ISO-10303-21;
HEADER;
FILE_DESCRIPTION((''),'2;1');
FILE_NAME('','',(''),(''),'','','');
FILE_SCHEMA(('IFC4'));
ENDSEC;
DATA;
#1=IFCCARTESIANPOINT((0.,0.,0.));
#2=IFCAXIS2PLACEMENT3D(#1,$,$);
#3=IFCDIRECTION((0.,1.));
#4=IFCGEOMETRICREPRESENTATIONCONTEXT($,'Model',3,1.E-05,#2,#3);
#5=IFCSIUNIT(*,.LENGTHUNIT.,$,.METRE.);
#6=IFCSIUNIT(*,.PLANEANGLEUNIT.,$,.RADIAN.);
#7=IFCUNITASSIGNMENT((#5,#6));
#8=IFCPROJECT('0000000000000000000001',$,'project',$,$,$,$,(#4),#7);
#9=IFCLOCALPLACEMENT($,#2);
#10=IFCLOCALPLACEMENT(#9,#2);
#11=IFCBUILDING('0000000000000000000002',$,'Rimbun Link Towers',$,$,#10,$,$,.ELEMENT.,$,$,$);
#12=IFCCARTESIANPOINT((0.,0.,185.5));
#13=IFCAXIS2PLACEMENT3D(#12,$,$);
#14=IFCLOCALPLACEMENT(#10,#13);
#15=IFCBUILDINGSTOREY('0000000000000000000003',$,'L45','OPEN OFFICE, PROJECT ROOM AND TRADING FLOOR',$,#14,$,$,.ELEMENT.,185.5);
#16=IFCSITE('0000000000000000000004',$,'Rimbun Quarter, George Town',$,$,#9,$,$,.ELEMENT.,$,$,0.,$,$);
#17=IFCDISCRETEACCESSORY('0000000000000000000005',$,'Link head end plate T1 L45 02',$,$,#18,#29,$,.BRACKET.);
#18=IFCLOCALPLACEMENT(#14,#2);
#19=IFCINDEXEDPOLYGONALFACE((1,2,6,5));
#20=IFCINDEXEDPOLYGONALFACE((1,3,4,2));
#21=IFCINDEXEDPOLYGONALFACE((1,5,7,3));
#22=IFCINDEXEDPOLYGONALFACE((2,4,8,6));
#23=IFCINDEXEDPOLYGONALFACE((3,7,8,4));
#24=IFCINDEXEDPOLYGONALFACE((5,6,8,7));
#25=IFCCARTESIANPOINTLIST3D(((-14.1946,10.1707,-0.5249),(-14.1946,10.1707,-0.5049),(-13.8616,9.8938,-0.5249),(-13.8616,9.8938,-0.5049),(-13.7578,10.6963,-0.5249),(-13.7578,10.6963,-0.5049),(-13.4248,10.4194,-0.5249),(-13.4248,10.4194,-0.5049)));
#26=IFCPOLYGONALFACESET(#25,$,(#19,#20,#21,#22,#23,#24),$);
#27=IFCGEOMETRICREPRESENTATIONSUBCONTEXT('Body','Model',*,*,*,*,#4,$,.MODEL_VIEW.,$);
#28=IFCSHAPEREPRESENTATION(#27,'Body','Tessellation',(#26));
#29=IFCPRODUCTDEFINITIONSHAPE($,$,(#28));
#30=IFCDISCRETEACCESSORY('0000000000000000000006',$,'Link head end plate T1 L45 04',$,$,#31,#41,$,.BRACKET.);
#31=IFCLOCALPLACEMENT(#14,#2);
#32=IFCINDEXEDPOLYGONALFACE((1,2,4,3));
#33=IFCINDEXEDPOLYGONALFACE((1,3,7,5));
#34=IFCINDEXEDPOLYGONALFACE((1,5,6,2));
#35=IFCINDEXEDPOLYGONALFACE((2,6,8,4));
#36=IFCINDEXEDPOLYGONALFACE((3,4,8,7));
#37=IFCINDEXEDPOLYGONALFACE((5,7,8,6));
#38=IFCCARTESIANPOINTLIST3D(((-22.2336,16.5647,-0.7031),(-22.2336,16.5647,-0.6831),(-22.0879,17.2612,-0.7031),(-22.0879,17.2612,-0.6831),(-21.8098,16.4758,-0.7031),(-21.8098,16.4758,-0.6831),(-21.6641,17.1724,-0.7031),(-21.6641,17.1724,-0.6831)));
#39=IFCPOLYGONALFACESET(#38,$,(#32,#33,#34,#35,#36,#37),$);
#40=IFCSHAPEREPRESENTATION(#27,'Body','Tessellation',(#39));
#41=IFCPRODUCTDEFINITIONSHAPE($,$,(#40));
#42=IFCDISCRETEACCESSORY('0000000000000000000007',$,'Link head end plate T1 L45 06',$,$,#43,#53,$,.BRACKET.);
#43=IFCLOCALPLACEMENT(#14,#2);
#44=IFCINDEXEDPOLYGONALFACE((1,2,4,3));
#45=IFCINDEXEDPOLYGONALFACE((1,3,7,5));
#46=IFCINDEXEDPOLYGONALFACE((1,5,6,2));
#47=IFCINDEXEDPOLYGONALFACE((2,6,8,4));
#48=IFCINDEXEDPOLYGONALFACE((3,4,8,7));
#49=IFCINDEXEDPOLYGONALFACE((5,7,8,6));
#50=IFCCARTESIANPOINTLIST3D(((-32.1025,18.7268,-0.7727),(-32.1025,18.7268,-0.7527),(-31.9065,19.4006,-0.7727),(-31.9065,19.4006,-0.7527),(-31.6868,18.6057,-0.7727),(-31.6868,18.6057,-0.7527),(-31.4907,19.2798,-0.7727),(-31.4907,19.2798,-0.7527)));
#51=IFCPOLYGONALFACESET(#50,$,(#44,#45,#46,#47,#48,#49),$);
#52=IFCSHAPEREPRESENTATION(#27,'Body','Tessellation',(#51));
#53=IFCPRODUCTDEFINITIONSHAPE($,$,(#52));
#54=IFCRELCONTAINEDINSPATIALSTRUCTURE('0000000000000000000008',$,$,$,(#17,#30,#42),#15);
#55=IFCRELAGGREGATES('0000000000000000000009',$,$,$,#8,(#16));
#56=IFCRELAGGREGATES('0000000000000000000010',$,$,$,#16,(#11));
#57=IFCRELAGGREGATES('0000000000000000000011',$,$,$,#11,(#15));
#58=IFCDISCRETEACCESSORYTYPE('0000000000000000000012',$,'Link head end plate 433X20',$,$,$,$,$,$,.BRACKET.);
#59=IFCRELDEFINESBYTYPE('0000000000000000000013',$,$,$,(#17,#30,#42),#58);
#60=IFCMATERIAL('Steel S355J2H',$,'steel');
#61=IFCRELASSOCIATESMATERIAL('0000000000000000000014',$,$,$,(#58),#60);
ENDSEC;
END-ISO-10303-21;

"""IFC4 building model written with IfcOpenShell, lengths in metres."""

from ifc_helpers import new_model, si_unit, direction, frame, origin, origin_2d, place, context, subcontext, project, spatial, polyline, rectangle, outline, extrude, material, material_profile, profile_set, type_object, element, save


model = new_model("IFC4")

# Units and contexts
model_context = context("Model", 3, precision=1e-05, world=origin(), true_north=direction((0.0, 1.0)))
body_context = subcontext(model_context, "Body", "Model", "MODEL_VIEW")
ifc_project = project(units=[si_unit("LENGTHUNIT", "METRE"), si_unit("PLANEANGLEUNIT", "RADIAN")], contexts=[model_context])

# Site, building, storey
site_placement = place(None, origin())
site = spatial("IfcSite", under=ifc_project, at=site_placement, Name="Rimbun Quarter, George Town", CompositionType="ELEMENT", RefElevation=0.0)
building_placement = place(site_placement, origin())
building = spatial("IfcBuilding", under=site, at=building_placement, Name="Rimbun Link Towers", CompositionType="ELEMENT")
storey_placement = place(building_placement, frame((0.0, 0.0, 185.5)))
storey = spatial("IfcBuildingStorey", under=building, at=storey_placement, Name="L45", Description="OPEN OFFICE, PROJECT ROOM AND TRADING FLOOR", CompositionType="ELEMENT", Elevation=185.5)

# Discrete accessories
ifc_material_1 = material(Name="Steel S355J2H", Category="steel")
ifc_material_profile_1 = material_profile(ifc_material_1, rectangle(XDim=0.4331, YDim=0.4331, at=origin_2d()), Name="PL 433x433")
ifc_profile_set_1 = profile_set([ifc_material_profile_1], Name="Steel S355J2H")
discrete_accessory_type_1 = type_object("IfcDiscreteAccessoryType", Name="Link head end plate 433X20", PredefinedType="BRACKET", material=ifc_profile_set_1)
discrete_accessory_1_placement = place(storey_placement, frame((0.0, 0.0, -0.5249)))
element("IfcDiscreteAccessory", 1, at=discrete_accessory_1_placement, inside=storey, type_object=discrete_accessory_type_1, Name="Link head end plate T1 L45 02", PredefinedType="BRACKET", context=body_context, shape_type="SweptSolid", body=[
    extrude(outline(polyline([(-13.8616, 9.8938), (-13.4248, 10.4194), (-13.7578, 10.6963), (-14.1946, 10.1707), (-13.8616, 9.8938)])), origin(), (0.0, 0.0, 1.0), 0.02),
])
discrete_accessory_2_placement = place(storey_placement, frame((0.0, 0.0, -0.7031)))
element("IfcDiscreteAccessory", 2, at=discrete_accessory_2_placement, inside=storey, type_object=discrete_accessory_type_1, Name="Link head end plate T1 L45 04", PredefinedType="BRACKET", context=body_context, shape_type="SweptSolid", body=[
    extrude(outline(polyline([(-21.8098, 16.4758), (-21.6641, 17.1724), (-22.0879, 17.2612), (-22.2336, 16.5647), (-21.8098, 16.4758)])), origin(), (0.0, 0.0, 1.0), 0.02),
])
discrete_accessory_3_placement = place(storey_placement, frame((0.0, 0.0, -0.7727)))
element("IfcDiscreteAccessory", 3, at=discrete_accessory_3_placement, inside=storey, type_object=discrete_accessory_type_1, Name="Link head end plate T1 L45 06", PredefinedType="BRACKET", context=body_context, shape_type="SweptSolid", body=[
    extrude(outline(polyline([(-31.6868, 18.6057), (-31.4907, 19.2798), (-31.9065, 19.4006), (-32.1025, 18.7268), (-31.6868, 18.6057)])), origin(), (0.0, 0.0, 1.0), 0.02),
])

save(model, "model.ifc")
